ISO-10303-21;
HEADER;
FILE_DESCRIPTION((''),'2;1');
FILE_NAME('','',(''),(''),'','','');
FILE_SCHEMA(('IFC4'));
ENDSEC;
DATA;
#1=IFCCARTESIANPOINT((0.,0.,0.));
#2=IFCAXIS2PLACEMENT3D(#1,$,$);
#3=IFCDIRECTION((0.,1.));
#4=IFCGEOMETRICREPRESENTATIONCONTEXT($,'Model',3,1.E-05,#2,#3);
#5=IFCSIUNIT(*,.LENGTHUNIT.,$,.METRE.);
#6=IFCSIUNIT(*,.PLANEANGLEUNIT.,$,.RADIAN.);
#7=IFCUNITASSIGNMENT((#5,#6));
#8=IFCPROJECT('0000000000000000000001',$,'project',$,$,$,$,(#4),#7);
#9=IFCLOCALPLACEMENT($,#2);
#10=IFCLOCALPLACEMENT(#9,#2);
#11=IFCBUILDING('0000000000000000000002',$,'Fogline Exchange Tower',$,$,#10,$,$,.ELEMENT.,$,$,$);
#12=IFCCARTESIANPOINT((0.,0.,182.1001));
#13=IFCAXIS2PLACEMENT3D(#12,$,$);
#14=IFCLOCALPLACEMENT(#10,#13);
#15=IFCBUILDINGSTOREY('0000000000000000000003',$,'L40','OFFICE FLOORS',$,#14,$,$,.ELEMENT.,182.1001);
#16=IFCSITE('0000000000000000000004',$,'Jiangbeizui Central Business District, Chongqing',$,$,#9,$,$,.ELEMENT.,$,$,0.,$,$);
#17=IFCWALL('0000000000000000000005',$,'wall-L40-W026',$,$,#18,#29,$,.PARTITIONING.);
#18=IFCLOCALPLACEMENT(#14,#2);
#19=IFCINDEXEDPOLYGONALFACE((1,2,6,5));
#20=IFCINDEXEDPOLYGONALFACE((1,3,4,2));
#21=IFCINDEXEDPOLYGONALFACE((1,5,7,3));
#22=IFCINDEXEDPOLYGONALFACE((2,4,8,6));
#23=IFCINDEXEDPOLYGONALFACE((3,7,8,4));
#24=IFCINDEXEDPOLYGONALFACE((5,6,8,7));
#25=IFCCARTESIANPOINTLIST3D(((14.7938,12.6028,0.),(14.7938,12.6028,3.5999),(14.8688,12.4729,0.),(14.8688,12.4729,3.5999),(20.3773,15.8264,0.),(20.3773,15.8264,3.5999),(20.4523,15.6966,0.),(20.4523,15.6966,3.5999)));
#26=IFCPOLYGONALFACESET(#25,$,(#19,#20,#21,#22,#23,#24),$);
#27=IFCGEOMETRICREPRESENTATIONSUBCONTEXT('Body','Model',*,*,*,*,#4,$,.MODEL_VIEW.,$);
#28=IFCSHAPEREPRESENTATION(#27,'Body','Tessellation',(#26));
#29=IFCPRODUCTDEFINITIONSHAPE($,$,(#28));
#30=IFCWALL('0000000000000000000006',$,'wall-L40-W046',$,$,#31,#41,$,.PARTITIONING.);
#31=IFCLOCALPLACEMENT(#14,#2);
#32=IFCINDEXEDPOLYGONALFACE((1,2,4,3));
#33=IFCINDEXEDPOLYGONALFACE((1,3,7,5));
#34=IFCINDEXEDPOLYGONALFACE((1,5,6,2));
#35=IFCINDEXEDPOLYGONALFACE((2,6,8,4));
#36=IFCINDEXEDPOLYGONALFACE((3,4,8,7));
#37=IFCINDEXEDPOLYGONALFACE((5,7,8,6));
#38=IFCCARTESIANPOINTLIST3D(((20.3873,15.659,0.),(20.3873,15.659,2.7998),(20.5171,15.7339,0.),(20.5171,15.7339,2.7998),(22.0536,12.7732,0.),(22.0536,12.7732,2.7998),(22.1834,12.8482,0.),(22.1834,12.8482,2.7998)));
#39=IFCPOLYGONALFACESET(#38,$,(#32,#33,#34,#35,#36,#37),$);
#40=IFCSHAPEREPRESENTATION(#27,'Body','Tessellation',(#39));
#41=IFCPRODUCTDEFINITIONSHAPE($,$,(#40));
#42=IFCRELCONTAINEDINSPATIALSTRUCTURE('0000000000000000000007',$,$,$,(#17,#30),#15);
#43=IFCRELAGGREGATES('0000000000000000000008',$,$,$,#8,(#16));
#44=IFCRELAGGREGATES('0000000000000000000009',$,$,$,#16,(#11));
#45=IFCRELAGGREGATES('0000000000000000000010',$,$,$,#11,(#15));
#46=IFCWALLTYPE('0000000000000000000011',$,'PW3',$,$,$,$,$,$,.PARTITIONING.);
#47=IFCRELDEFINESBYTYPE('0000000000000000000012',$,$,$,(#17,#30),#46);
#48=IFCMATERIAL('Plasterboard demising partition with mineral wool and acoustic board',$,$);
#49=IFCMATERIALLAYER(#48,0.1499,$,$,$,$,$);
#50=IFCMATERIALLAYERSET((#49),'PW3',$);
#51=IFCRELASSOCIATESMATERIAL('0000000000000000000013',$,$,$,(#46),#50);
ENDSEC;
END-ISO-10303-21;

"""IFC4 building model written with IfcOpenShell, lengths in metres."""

from ifc_helpers import new_model, si_unit, direction, frame, frame_2d, origin, place, context, subcontext, project, spatial, rectangle, extrude, material, layer, layer_set, type_object, element, save


model = new_model("IFC4")

# Units and contexts
model_context = context("Model", 3, precision=1e-05, world=origin(), true_north=direction((0.0, 1.0)))
body_context = subcontext(model_context, "Body", "Model", "MODEL_VIEW")
ifc_project = project(units=[si_unit("LENGTHUNIT", "METRE"), si_unit("PLANEANGLEUNIT", "RADIAN")], contexts=[model_context])

# Site, building, storey
site_placement = place(None, origin())
site = spatial("IfcSite", under=ifc_project, at=site_placement, Name="Jiangbeizui Central Business District, Chongqing", CompositionType="ELEMENT", RefElevation=0.0)
building_placement = place(site_placement, origin())
building = spatial("IfcBuilding", under=site, at=building_placement, Name="Fogline Exchange Tower", CompositionType="ELEMENT")
storey_placement = place(building_placement, frame((0.0, 0.0, 182.1001)))
storey = spatial("IfcBuildingStorey", under=building, at=storey_placement, Name="L40", Description="OFFICE FLOORS", CompositionType="ELEMENT", Elevation=182.1001)

# Walls
ifc_material_1 = material(Name="Plasterboard demising partition with mineral wool and acoustic board")
ifc_layer_1 = layer(ifc_material_1, 0.1499)
ifc_layer_set_1 = layer_set([ifc_layer_1], Name="PW3")
wall_type_1 = type_object("IfcWallType", Name="PW3", PredefinedType="PARTITIONING", material=ifc_layer_set_1)
wall_1_placement = place(storey_placement, frame((20.4148, 15.7615, 0.0), z_axis=(0.0, 0.0, 1.0), x_axis=(-0.866025, -0.5, 0.0)))
element("IfcWall", 1, at=wall_1_placement, inside=storey, type_object=wall_type_1, Name="wall-L40-W026", PredefinedType="PARTITIONING", context=body_context, shape_type="SweptSolid", body=[
    extrude(rectangle(XDim=6.4473, YDim=0.1499, at=frame_2d((3.2236, 0.0))), origin(), (0.0, 0.0, 1.0), 3.5999),
])
wall_2_placement = place(storey_placement, frame((22.1184, 12.8108, 0.0), z_axis=(0.0, 0.0, 1.0), x_axis=(-0.50004, 0.866003, 0.0)))
element("IfcWall", 2, at=wall_2_placement, inside=storey, type_object=wall_type_1, Name="wall-L40-W046", PredefinedType="PARTITIONING", context=body_context, shape_type="SweptSolid", body=[
    extrude(rectangle(XDim=3.3323, YDim=0.1499, at=frame_2d((1.666, 0.0))), origin(), (0.0, 0.0, 1.0), 2.7998),
])

save(model, "model.ifc")
